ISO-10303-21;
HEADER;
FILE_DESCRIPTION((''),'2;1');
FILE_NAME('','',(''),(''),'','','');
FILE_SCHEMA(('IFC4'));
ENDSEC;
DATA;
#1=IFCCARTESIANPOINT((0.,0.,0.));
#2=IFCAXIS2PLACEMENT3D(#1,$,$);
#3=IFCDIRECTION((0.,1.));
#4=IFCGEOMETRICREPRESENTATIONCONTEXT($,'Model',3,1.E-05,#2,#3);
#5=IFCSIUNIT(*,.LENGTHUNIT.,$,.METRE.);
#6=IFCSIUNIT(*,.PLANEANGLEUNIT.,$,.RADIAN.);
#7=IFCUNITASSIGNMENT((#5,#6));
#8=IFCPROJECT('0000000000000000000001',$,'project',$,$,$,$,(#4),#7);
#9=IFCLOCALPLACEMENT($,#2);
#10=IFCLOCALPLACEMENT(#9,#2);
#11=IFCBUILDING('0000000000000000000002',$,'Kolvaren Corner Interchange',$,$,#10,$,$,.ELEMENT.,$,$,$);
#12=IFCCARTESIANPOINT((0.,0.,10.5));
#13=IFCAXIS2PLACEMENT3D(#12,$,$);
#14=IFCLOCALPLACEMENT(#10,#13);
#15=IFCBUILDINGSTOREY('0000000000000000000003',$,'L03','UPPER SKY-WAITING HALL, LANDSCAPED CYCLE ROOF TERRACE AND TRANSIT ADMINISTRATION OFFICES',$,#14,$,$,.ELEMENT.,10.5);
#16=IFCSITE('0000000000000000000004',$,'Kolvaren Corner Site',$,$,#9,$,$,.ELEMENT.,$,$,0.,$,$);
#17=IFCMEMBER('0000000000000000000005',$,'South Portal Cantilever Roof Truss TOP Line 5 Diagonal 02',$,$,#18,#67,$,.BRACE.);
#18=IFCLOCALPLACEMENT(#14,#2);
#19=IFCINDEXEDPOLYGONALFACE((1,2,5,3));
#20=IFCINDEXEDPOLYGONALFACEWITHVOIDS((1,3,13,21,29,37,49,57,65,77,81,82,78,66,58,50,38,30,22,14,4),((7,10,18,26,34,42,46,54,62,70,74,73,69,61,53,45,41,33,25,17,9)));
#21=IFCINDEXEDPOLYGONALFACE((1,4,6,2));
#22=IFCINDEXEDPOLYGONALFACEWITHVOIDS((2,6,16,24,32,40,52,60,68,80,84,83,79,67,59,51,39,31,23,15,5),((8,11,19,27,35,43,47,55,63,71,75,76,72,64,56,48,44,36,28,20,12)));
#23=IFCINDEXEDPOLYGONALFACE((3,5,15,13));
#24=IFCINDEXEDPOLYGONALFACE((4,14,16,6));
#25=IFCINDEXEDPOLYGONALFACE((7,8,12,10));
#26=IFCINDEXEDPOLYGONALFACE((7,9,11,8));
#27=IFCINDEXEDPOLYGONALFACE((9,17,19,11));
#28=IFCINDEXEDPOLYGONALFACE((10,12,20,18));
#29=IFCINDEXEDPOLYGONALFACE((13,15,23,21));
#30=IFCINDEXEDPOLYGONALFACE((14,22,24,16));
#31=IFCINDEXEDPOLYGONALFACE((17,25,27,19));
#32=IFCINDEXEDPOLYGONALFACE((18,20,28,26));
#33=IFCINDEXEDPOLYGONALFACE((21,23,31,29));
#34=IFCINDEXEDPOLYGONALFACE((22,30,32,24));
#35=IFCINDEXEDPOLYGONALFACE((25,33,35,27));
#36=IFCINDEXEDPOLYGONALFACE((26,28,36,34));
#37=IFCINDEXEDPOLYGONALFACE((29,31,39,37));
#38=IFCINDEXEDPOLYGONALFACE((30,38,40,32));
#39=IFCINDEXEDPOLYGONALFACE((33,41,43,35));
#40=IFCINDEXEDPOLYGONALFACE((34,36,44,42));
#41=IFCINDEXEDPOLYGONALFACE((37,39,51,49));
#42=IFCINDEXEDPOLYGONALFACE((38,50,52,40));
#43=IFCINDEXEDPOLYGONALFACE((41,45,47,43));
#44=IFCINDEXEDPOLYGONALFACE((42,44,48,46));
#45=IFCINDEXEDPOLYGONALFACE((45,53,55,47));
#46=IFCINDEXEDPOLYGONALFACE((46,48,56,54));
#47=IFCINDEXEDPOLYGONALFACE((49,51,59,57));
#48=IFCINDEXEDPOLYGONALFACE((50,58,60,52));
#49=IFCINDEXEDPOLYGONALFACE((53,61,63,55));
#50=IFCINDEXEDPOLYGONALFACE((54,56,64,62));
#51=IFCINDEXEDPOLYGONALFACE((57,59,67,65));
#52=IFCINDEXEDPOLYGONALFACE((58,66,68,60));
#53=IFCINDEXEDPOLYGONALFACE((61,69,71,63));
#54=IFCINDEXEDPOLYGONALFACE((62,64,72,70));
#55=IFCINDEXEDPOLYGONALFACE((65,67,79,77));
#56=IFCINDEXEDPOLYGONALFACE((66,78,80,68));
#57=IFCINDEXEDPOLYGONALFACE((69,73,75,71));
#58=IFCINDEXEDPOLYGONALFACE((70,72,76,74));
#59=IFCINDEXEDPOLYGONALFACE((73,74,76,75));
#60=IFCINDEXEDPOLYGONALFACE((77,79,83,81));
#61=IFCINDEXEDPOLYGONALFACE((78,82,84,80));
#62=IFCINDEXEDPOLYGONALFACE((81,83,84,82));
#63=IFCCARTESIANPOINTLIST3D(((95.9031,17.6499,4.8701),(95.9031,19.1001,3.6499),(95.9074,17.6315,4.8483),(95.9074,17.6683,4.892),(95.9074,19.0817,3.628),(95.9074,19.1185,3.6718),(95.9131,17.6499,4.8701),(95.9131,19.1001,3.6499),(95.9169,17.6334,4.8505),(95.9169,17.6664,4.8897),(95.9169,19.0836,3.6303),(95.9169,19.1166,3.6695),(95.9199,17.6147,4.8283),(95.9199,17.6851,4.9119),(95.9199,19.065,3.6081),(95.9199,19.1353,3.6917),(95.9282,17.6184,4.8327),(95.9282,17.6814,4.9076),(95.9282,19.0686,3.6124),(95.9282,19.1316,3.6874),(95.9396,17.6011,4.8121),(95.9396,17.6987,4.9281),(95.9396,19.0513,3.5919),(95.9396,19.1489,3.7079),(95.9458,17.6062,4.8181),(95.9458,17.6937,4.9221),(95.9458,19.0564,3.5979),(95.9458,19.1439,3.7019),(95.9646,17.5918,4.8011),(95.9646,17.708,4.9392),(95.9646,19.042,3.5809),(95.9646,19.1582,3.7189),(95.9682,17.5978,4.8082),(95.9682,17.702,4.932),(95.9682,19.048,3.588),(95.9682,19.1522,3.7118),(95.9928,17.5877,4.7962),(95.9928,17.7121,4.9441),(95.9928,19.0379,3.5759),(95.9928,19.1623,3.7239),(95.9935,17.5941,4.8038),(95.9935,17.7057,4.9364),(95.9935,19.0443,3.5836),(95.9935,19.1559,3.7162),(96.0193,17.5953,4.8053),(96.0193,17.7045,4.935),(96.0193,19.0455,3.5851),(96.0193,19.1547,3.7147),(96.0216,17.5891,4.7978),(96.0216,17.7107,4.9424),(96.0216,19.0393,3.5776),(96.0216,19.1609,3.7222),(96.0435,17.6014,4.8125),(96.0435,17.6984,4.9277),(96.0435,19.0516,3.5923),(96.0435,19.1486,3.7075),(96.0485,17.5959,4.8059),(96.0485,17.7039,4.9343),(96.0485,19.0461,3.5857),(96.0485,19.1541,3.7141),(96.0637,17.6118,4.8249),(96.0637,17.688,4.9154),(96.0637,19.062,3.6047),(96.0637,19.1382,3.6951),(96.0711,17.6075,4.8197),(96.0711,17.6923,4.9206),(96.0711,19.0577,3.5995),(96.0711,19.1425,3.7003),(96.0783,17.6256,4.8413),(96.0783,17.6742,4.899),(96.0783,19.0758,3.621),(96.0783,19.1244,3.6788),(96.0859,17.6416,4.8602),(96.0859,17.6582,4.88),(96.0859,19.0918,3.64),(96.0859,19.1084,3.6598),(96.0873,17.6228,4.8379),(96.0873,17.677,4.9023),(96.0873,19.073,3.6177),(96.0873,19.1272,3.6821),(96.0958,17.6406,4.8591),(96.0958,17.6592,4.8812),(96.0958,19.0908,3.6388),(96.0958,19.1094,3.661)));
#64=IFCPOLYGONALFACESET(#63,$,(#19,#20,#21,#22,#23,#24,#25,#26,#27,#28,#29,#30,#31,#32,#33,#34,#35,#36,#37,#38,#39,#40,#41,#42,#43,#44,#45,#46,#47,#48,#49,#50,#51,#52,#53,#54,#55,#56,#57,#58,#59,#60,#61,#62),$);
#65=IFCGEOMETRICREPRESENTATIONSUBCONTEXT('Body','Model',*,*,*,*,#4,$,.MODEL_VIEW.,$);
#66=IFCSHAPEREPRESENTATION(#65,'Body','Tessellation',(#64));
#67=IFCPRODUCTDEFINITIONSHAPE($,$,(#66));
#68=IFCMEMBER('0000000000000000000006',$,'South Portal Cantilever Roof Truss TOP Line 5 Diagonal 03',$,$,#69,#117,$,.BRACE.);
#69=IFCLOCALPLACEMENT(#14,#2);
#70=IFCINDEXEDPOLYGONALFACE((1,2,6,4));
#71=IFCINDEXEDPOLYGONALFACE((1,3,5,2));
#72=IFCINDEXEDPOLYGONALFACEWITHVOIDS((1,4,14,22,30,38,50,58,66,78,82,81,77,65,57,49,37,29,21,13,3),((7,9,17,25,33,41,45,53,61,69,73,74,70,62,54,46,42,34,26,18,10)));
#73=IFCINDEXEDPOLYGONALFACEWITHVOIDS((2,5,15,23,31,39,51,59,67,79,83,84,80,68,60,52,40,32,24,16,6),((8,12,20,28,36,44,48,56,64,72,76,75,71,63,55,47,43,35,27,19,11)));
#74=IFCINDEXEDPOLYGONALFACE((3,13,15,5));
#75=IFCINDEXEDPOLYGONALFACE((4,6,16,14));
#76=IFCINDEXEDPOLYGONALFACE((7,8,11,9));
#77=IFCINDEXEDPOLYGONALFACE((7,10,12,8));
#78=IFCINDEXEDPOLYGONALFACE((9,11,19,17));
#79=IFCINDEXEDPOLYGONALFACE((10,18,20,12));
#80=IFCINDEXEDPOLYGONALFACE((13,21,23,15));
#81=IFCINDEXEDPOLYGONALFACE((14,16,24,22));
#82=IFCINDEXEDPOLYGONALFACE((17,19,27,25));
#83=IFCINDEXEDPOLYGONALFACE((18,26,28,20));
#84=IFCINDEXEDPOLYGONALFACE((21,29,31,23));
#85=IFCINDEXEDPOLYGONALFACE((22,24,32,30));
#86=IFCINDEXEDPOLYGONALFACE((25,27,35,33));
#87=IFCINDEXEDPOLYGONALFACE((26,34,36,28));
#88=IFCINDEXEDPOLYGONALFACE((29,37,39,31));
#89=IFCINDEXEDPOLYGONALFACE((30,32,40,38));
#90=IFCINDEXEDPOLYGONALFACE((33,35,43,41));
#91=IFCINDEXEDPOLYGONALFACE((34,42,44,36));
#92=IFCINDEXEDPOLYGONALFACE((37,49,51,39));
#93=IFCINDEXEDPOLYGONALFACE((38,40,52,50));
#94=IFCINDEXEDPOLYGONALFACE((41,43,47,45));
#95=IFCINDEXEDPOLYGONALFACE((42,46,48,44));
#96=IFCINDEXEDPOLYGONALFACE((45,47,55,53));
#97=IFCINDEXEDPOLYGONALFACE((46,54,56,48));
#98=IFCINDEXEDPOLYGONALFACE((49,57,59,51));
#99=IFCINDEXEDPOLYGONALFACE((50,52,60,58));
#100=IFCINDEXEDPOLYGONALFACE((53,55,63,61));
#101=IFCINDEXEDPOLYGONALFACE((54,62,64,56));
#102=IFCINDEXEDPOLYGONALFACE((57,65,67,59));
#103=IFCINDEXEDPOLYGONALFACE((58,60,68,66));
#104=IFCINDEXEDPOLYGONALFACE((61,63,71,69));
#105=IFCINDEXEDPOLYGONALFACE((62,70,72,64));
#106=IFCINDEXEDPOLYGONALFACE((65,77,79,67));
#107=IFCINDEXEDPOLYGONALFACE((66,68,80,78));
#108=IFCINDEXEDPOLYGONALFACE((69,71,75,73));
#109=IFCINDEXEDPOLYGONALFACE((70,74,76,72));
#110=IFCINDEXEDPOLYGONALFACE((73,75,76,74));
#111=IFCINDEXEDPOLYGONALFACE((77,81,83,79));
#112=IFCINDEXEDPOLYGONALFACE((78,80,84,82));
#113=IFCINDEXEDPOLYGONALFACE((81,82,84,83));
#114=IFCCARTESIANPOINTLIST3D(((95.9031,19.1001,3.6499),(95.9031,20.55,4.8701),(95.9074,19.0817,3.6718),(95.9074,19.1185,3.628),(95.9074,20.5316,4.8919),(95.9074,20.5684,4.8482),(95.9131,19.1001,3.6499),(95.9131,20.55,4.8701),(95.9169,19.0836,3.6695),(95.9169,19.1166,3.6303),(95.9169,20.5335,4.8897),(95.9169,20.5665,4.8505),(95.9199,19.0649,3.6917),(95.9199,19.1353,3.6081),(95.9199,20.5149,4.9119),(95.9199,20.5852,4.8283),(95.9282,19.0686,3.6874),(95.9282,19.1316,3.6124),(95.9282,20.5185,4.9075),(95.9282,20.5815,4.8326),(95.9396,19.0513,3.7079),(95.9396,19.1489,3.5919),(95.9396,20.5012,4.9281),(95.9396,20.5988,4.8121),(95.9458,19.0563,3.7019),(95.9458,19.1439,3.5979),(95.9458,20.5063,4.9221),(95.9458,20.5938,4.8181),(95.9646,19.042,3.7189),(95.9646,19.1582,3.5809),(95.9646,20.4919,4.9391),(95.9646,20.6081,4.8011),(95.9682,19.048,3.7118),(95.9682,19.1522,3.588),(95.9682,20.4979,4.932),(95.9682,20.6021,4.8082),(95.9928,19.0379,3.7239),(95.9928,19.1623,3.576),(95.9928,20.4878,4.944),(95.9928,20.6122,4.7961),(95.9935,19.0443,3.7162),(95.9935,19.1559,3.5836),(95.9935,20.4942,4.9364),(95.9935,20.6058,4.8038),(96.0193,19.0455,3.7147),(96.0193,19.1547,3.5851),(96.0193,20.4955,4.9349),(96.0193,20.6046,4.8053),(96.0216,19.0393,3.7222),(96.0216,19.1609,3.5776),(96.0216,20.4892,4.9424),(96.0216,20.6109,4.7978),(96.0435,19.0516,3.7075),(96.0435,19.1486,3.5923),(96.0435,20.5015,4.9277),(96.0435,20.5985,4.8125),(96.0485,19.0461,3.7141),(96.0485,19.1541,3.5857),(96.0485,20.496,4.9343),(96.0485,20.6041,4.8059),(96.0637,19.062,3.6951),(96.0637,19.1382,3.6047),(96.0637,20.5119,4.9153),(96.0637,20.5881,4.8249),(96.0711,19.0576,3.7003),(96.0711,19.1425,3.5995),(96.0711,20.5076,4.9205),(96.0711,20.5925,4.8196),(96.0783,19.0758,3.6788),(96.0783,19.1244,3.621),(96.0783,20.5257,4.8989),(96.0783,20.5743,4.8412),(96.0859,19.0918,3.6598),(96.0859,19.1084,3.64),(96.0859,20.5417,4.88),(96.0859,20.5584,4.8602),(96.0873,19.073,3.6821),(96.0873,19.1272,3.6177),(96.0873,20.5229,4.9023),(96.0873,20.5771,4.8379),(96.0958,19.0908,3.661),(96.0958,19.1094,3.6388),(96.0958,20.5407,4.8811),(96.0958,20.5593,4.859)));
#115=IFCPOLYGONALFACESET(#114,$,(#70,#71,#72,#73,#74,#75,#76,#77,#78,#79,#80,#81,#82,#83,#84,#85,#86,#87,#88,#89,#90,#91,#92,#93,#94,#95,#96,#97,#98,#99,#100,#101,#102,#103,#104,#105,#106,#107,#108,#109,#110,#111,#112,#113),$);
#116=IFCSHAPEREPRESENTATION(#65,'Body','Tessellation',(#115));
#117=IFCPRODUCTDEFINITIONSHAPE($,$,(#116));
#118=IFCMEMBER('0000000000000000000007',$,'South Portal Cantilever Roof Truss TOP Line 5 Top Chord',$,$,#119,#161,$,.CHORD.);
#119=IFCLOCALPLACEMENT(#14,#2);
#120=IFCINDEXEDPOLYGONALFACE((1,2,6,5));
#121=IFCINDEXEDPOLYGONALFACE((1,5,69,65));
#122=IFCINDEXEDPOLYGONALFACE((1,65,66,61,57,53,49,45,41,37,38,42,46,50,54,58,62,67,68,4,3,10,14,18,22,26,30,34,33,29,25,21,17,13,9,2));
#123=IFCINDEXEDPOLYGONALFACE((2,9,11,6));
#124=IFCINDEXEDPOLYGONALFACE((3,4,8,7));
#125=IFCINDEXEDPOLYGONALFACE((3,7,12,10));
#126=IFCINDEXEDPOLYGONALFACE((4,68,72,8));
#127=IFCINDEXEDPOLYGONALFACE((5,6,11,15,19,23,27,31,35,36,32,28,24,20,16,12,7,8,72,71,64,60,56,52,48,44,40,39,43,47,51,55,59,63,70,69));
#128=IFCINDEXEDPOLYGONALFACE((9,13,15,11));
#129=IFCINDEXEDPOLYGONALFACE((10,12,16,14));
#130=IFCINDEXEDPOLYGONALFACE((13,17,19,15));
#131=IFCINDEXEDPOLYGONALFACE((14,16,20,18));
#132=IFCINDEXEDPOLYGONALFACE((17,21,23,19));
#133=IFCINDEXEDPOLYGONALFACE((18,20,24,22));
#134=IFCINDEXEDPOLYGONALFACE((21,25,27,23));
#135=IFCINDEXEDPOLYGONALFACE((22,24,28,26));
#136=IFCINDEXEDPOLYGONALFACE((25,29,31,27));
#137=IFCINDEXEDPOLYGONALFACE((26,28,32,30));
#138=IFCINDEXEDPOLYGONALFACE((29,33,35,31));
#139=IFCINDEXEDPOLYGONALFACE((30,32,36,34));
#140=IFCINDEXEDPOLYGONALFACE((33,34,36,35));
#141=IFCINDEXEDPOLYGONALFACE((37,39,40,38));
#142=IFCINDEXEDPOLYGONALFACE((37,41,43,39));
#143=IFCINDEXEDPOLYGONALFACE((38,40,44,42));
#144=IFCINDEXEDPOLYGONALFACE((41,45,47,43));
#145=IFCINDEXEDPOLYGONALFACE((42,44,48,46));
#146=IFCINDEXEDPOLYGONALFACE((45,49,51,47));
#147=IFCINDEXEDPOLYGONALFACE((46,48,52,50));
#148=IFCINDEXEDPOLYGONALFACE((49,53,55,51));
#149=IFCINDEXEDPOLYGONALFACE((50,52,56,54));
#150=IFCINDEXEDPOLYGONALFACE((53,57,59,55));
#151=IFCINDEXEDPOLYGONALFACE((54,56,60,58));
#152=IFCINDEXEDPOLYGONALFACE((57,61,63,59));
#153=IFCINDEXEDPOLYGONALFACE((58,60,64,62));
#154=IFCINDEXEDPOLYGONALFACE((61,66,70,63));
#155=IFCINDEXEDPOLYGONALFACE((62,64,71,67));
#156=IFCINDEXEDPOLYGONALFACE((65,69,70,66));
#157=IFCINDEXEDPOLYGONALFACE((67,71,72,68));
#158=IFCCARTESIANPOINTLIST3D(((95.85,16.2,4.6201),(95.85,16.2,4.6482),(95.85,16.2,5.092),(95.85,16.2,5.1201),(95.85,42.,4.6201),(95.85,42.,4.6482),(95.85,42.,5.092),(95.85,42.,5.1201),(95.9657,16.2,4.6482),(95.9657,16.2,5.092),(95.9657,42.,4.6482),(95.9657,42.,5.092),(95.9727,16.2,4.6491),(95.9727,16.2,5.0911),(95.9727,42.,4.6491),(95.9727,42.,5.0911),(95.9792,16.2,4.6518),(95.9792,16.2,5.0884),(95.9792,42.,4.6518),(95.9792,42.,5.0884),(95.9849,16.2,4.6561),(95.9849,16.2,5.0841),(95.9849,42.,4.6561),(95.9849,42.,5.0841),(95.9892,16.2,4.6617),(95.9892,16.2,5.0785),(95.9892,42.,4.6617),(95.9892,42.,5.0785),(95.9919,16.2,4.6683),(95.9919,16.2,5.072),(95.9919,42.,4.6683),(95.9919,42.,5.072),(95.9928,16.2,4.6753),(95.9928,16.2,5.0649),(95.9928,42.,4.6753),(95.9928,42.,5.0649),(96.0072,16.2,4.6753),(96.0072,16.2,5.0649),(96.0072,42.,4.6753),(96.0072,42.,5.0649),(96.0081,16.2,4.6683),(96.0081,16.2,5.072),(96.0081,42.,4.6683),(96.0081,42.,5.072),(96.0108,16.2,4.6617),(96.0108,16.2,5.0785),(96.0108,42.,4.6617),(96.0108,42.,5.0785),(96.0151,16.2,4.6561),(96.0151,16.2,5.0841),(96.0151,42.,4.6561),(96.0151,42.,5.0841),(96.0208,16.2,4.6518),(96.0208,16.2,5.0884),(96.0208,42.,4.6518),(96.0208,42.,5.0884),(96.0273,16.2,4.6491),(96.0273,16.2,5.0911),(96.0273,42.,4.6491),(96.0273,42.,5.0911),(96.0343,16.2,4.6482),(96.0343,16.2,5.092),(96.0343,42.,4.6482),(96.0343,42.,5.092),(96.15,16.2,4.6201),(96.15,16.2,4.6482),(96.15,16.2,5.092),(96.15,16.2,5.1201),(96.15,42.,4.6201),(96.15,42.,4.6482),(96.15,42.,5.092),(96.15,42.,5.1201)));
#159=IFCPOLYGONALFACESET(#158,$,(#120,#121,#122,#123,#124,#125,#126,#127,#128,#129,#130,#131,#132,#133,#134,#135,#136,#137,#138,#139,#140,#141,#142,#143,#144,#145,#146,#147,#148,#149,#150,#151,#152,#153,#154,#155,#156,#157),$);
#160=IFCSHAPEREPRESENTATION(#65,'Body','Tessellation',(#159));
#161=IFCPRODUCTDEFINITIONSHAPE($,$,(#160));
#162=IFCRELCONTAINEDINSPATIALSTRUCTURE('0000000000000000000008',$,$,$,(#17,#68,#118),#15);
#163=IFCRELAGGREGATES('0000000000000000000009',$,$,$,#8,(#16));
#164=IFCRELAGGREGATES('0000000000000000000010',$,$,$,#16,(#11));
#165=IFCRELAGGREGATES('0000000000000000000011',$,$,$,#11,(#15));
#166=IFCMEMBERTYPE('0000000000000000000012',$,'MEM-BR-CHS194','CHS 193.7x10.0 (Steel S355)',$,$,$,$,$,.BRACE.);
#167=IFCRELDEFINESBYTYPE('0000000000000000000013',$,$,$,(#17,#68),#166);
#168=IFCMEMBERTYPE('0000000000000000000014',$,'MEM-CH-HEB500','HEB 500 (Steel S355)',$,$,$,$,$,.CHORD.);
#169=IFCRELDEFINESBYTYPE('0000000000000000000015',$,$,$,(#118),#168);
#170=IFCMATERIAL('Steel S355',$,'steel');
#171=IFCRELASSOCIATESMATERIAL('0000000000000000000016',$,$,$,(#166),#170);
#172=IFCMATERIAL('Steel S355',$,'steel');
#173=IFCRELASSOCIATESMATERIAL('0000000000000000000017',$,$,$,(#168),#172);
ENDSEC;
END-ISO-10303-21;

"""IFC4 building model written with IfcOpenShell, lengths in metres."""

from ifc_helpers import new_model, si_unit, direction, frame, origin, origin_2d, place, context, subcontext, project, spatial, hollow_circle, i_section, extrude, material, material_profile, profile_set, type_object, element, save


model = new_model("IFC4")

# Units and contexts
model_context = context("Model", 3, precision=1e-05, world=origin(), true_north=direction((0.0, 1.0)))
body_context = subcontext(model_context, "Body", "Model", "MODEL_VIEW")
ifc_project = project(units=[si_unit("LENGTHUNIT", "METRE"), si_unit("PLANEANGLEUNIT", "RADIAN")], contexts=[model_context])

# Site, building, storey
site_placement = place(None, origin())
site = spatial("IfcSite", under=ifc_project, at=site_placement, Name="Kolvaren Corner Site", CompositionType="ELEMENT", RefElevation=0.0)
building_placement = place(site_placement, origin())
building = spatial("IfcBuilding", under=site, at=building_placement, Name="Kolvaren Corner Interchange", CompositionType="ELEMENT")
storey_placement = place(building_placement, frame((0.0, 0.0, 10.5)))
storey = spatial("IfcBuildingStorey", under=building, at=storey_placement, Name="L03", Description="UPPER SKY-WAITING HALL, LANDSCAPED CYCLE ROOF TERRACE AND TRANSIT ADMINISTRATION OFFICES", CompositionType="ELEMENT", Elevation=10.5)

# Members
ifc_material_1 = material(Name="Steel S355", Category="steel")
ifc_material_profile_1 = material_profile(ifc_material_1, hollow_circle(Radius=0.0969, WallThickness=0.01, at=origin_2d()), Name="CHS 193.7x10.0")
ifc_profile_set_1 = profile_set([ifc_material_profile_1], Name="Steel S355")
member_type_1 = type_object("IfcMemberType", Name="MEM-BR-CHS194", Description="CHS 193.7x10.0 (Steel S355)", PredefinedType="BRACE", material=ifc_profile_set_1)
member_1_placement = place(storey_placement, frame((96.0, 17.6499, 4.8701), z_axis=(0.0, 0.765172, -0.643826), x_axis=(-1.0, 0.0, 0.0)))
element("IfcMember", 1, at=member_1_placement, inside=storey, type_object=member_type_1, Name="South Portal Cantilever Roof Truss TOP Line 5 Diagonal 02", PredefinedType="BRACE", context=body_context, shape_type="SweptSolid", body=[
    extrude(hollow_circle(Radius=0.0969, WallThickness=0.01, at=origin_2d()), origin(), (0.0, 0.0, 1.0), 1.8953),
])
member_2_placement = place(storey_placement, frame((96.0, 19.1001, 3.6499), z_axis=(0.0, 0.765118, 0.64389), x_axis=(-1.0, 0.0, 0.0)))
element("IfcMember", 2, at=member_2_placement, inside=storey, type_object=member_type_1, Name="South Portal Cantilever Roof Truss TOP Line 5 Diagonal 03", PredefinedType="BRACE", context=body_context, shape_type="SweptSolid", body=[
    extrude(hollow_circle(Radius=0.0969, WallThickness=0.01, at=origin_2d()), origin(), (0.0, 0.0, 1.0), 1.895),
])
ifc_material_2 = material(Name="Steel S355", Category="steel")
ifc_material_profile_2 = material_profile(ifc_material_2, i_section(OverallWidth=0.3, OverallDepth=0.5, WebThickness=0.0144, FlangeThickness=0.0281, FilletRadius=0.0271, at=origin_2d()), Name="HEB 500")
ifc_profile_set_2 = profile_set([ifc_material_profile_2], Name="Steel S355")
member_type_2 = type_object("IfcMemberType", Name="MEM-CH-HEB500", Description="HEB 500 (Steel S355)", PredefinedType="CHORD", material=ifc_profile_set_2)
for number, where, z_axis, x_axis, name in (
    (3, (96.0, 16.2, 4.8701), (0.0, 1.0, 0.0), (-1.0, 0.0, 0.0), "South Portal Cantilever Roof Truss TOP Line 5 Top Chord"),
):
    element("IfcMember", number, at=place(storey_placement, frame(where, z_axis=z_axis, x_axis=x_axis)), inside=storey, type_object=member_type_2, Name=name, PredefinedType="CHORD", context=body_context, shape_type="SweptSolid", body=[
        extrude(i_section(OverallWidth=0.3, OverallDepth=0.5, WebThickness=0.0144, FlangeThickness=0.0281, FilletRadius=0.0271, at=origin_2d()), origin(), (0.0, 0.0, 1.0), 25.8),
    ])

save(model, "model.ifc")
